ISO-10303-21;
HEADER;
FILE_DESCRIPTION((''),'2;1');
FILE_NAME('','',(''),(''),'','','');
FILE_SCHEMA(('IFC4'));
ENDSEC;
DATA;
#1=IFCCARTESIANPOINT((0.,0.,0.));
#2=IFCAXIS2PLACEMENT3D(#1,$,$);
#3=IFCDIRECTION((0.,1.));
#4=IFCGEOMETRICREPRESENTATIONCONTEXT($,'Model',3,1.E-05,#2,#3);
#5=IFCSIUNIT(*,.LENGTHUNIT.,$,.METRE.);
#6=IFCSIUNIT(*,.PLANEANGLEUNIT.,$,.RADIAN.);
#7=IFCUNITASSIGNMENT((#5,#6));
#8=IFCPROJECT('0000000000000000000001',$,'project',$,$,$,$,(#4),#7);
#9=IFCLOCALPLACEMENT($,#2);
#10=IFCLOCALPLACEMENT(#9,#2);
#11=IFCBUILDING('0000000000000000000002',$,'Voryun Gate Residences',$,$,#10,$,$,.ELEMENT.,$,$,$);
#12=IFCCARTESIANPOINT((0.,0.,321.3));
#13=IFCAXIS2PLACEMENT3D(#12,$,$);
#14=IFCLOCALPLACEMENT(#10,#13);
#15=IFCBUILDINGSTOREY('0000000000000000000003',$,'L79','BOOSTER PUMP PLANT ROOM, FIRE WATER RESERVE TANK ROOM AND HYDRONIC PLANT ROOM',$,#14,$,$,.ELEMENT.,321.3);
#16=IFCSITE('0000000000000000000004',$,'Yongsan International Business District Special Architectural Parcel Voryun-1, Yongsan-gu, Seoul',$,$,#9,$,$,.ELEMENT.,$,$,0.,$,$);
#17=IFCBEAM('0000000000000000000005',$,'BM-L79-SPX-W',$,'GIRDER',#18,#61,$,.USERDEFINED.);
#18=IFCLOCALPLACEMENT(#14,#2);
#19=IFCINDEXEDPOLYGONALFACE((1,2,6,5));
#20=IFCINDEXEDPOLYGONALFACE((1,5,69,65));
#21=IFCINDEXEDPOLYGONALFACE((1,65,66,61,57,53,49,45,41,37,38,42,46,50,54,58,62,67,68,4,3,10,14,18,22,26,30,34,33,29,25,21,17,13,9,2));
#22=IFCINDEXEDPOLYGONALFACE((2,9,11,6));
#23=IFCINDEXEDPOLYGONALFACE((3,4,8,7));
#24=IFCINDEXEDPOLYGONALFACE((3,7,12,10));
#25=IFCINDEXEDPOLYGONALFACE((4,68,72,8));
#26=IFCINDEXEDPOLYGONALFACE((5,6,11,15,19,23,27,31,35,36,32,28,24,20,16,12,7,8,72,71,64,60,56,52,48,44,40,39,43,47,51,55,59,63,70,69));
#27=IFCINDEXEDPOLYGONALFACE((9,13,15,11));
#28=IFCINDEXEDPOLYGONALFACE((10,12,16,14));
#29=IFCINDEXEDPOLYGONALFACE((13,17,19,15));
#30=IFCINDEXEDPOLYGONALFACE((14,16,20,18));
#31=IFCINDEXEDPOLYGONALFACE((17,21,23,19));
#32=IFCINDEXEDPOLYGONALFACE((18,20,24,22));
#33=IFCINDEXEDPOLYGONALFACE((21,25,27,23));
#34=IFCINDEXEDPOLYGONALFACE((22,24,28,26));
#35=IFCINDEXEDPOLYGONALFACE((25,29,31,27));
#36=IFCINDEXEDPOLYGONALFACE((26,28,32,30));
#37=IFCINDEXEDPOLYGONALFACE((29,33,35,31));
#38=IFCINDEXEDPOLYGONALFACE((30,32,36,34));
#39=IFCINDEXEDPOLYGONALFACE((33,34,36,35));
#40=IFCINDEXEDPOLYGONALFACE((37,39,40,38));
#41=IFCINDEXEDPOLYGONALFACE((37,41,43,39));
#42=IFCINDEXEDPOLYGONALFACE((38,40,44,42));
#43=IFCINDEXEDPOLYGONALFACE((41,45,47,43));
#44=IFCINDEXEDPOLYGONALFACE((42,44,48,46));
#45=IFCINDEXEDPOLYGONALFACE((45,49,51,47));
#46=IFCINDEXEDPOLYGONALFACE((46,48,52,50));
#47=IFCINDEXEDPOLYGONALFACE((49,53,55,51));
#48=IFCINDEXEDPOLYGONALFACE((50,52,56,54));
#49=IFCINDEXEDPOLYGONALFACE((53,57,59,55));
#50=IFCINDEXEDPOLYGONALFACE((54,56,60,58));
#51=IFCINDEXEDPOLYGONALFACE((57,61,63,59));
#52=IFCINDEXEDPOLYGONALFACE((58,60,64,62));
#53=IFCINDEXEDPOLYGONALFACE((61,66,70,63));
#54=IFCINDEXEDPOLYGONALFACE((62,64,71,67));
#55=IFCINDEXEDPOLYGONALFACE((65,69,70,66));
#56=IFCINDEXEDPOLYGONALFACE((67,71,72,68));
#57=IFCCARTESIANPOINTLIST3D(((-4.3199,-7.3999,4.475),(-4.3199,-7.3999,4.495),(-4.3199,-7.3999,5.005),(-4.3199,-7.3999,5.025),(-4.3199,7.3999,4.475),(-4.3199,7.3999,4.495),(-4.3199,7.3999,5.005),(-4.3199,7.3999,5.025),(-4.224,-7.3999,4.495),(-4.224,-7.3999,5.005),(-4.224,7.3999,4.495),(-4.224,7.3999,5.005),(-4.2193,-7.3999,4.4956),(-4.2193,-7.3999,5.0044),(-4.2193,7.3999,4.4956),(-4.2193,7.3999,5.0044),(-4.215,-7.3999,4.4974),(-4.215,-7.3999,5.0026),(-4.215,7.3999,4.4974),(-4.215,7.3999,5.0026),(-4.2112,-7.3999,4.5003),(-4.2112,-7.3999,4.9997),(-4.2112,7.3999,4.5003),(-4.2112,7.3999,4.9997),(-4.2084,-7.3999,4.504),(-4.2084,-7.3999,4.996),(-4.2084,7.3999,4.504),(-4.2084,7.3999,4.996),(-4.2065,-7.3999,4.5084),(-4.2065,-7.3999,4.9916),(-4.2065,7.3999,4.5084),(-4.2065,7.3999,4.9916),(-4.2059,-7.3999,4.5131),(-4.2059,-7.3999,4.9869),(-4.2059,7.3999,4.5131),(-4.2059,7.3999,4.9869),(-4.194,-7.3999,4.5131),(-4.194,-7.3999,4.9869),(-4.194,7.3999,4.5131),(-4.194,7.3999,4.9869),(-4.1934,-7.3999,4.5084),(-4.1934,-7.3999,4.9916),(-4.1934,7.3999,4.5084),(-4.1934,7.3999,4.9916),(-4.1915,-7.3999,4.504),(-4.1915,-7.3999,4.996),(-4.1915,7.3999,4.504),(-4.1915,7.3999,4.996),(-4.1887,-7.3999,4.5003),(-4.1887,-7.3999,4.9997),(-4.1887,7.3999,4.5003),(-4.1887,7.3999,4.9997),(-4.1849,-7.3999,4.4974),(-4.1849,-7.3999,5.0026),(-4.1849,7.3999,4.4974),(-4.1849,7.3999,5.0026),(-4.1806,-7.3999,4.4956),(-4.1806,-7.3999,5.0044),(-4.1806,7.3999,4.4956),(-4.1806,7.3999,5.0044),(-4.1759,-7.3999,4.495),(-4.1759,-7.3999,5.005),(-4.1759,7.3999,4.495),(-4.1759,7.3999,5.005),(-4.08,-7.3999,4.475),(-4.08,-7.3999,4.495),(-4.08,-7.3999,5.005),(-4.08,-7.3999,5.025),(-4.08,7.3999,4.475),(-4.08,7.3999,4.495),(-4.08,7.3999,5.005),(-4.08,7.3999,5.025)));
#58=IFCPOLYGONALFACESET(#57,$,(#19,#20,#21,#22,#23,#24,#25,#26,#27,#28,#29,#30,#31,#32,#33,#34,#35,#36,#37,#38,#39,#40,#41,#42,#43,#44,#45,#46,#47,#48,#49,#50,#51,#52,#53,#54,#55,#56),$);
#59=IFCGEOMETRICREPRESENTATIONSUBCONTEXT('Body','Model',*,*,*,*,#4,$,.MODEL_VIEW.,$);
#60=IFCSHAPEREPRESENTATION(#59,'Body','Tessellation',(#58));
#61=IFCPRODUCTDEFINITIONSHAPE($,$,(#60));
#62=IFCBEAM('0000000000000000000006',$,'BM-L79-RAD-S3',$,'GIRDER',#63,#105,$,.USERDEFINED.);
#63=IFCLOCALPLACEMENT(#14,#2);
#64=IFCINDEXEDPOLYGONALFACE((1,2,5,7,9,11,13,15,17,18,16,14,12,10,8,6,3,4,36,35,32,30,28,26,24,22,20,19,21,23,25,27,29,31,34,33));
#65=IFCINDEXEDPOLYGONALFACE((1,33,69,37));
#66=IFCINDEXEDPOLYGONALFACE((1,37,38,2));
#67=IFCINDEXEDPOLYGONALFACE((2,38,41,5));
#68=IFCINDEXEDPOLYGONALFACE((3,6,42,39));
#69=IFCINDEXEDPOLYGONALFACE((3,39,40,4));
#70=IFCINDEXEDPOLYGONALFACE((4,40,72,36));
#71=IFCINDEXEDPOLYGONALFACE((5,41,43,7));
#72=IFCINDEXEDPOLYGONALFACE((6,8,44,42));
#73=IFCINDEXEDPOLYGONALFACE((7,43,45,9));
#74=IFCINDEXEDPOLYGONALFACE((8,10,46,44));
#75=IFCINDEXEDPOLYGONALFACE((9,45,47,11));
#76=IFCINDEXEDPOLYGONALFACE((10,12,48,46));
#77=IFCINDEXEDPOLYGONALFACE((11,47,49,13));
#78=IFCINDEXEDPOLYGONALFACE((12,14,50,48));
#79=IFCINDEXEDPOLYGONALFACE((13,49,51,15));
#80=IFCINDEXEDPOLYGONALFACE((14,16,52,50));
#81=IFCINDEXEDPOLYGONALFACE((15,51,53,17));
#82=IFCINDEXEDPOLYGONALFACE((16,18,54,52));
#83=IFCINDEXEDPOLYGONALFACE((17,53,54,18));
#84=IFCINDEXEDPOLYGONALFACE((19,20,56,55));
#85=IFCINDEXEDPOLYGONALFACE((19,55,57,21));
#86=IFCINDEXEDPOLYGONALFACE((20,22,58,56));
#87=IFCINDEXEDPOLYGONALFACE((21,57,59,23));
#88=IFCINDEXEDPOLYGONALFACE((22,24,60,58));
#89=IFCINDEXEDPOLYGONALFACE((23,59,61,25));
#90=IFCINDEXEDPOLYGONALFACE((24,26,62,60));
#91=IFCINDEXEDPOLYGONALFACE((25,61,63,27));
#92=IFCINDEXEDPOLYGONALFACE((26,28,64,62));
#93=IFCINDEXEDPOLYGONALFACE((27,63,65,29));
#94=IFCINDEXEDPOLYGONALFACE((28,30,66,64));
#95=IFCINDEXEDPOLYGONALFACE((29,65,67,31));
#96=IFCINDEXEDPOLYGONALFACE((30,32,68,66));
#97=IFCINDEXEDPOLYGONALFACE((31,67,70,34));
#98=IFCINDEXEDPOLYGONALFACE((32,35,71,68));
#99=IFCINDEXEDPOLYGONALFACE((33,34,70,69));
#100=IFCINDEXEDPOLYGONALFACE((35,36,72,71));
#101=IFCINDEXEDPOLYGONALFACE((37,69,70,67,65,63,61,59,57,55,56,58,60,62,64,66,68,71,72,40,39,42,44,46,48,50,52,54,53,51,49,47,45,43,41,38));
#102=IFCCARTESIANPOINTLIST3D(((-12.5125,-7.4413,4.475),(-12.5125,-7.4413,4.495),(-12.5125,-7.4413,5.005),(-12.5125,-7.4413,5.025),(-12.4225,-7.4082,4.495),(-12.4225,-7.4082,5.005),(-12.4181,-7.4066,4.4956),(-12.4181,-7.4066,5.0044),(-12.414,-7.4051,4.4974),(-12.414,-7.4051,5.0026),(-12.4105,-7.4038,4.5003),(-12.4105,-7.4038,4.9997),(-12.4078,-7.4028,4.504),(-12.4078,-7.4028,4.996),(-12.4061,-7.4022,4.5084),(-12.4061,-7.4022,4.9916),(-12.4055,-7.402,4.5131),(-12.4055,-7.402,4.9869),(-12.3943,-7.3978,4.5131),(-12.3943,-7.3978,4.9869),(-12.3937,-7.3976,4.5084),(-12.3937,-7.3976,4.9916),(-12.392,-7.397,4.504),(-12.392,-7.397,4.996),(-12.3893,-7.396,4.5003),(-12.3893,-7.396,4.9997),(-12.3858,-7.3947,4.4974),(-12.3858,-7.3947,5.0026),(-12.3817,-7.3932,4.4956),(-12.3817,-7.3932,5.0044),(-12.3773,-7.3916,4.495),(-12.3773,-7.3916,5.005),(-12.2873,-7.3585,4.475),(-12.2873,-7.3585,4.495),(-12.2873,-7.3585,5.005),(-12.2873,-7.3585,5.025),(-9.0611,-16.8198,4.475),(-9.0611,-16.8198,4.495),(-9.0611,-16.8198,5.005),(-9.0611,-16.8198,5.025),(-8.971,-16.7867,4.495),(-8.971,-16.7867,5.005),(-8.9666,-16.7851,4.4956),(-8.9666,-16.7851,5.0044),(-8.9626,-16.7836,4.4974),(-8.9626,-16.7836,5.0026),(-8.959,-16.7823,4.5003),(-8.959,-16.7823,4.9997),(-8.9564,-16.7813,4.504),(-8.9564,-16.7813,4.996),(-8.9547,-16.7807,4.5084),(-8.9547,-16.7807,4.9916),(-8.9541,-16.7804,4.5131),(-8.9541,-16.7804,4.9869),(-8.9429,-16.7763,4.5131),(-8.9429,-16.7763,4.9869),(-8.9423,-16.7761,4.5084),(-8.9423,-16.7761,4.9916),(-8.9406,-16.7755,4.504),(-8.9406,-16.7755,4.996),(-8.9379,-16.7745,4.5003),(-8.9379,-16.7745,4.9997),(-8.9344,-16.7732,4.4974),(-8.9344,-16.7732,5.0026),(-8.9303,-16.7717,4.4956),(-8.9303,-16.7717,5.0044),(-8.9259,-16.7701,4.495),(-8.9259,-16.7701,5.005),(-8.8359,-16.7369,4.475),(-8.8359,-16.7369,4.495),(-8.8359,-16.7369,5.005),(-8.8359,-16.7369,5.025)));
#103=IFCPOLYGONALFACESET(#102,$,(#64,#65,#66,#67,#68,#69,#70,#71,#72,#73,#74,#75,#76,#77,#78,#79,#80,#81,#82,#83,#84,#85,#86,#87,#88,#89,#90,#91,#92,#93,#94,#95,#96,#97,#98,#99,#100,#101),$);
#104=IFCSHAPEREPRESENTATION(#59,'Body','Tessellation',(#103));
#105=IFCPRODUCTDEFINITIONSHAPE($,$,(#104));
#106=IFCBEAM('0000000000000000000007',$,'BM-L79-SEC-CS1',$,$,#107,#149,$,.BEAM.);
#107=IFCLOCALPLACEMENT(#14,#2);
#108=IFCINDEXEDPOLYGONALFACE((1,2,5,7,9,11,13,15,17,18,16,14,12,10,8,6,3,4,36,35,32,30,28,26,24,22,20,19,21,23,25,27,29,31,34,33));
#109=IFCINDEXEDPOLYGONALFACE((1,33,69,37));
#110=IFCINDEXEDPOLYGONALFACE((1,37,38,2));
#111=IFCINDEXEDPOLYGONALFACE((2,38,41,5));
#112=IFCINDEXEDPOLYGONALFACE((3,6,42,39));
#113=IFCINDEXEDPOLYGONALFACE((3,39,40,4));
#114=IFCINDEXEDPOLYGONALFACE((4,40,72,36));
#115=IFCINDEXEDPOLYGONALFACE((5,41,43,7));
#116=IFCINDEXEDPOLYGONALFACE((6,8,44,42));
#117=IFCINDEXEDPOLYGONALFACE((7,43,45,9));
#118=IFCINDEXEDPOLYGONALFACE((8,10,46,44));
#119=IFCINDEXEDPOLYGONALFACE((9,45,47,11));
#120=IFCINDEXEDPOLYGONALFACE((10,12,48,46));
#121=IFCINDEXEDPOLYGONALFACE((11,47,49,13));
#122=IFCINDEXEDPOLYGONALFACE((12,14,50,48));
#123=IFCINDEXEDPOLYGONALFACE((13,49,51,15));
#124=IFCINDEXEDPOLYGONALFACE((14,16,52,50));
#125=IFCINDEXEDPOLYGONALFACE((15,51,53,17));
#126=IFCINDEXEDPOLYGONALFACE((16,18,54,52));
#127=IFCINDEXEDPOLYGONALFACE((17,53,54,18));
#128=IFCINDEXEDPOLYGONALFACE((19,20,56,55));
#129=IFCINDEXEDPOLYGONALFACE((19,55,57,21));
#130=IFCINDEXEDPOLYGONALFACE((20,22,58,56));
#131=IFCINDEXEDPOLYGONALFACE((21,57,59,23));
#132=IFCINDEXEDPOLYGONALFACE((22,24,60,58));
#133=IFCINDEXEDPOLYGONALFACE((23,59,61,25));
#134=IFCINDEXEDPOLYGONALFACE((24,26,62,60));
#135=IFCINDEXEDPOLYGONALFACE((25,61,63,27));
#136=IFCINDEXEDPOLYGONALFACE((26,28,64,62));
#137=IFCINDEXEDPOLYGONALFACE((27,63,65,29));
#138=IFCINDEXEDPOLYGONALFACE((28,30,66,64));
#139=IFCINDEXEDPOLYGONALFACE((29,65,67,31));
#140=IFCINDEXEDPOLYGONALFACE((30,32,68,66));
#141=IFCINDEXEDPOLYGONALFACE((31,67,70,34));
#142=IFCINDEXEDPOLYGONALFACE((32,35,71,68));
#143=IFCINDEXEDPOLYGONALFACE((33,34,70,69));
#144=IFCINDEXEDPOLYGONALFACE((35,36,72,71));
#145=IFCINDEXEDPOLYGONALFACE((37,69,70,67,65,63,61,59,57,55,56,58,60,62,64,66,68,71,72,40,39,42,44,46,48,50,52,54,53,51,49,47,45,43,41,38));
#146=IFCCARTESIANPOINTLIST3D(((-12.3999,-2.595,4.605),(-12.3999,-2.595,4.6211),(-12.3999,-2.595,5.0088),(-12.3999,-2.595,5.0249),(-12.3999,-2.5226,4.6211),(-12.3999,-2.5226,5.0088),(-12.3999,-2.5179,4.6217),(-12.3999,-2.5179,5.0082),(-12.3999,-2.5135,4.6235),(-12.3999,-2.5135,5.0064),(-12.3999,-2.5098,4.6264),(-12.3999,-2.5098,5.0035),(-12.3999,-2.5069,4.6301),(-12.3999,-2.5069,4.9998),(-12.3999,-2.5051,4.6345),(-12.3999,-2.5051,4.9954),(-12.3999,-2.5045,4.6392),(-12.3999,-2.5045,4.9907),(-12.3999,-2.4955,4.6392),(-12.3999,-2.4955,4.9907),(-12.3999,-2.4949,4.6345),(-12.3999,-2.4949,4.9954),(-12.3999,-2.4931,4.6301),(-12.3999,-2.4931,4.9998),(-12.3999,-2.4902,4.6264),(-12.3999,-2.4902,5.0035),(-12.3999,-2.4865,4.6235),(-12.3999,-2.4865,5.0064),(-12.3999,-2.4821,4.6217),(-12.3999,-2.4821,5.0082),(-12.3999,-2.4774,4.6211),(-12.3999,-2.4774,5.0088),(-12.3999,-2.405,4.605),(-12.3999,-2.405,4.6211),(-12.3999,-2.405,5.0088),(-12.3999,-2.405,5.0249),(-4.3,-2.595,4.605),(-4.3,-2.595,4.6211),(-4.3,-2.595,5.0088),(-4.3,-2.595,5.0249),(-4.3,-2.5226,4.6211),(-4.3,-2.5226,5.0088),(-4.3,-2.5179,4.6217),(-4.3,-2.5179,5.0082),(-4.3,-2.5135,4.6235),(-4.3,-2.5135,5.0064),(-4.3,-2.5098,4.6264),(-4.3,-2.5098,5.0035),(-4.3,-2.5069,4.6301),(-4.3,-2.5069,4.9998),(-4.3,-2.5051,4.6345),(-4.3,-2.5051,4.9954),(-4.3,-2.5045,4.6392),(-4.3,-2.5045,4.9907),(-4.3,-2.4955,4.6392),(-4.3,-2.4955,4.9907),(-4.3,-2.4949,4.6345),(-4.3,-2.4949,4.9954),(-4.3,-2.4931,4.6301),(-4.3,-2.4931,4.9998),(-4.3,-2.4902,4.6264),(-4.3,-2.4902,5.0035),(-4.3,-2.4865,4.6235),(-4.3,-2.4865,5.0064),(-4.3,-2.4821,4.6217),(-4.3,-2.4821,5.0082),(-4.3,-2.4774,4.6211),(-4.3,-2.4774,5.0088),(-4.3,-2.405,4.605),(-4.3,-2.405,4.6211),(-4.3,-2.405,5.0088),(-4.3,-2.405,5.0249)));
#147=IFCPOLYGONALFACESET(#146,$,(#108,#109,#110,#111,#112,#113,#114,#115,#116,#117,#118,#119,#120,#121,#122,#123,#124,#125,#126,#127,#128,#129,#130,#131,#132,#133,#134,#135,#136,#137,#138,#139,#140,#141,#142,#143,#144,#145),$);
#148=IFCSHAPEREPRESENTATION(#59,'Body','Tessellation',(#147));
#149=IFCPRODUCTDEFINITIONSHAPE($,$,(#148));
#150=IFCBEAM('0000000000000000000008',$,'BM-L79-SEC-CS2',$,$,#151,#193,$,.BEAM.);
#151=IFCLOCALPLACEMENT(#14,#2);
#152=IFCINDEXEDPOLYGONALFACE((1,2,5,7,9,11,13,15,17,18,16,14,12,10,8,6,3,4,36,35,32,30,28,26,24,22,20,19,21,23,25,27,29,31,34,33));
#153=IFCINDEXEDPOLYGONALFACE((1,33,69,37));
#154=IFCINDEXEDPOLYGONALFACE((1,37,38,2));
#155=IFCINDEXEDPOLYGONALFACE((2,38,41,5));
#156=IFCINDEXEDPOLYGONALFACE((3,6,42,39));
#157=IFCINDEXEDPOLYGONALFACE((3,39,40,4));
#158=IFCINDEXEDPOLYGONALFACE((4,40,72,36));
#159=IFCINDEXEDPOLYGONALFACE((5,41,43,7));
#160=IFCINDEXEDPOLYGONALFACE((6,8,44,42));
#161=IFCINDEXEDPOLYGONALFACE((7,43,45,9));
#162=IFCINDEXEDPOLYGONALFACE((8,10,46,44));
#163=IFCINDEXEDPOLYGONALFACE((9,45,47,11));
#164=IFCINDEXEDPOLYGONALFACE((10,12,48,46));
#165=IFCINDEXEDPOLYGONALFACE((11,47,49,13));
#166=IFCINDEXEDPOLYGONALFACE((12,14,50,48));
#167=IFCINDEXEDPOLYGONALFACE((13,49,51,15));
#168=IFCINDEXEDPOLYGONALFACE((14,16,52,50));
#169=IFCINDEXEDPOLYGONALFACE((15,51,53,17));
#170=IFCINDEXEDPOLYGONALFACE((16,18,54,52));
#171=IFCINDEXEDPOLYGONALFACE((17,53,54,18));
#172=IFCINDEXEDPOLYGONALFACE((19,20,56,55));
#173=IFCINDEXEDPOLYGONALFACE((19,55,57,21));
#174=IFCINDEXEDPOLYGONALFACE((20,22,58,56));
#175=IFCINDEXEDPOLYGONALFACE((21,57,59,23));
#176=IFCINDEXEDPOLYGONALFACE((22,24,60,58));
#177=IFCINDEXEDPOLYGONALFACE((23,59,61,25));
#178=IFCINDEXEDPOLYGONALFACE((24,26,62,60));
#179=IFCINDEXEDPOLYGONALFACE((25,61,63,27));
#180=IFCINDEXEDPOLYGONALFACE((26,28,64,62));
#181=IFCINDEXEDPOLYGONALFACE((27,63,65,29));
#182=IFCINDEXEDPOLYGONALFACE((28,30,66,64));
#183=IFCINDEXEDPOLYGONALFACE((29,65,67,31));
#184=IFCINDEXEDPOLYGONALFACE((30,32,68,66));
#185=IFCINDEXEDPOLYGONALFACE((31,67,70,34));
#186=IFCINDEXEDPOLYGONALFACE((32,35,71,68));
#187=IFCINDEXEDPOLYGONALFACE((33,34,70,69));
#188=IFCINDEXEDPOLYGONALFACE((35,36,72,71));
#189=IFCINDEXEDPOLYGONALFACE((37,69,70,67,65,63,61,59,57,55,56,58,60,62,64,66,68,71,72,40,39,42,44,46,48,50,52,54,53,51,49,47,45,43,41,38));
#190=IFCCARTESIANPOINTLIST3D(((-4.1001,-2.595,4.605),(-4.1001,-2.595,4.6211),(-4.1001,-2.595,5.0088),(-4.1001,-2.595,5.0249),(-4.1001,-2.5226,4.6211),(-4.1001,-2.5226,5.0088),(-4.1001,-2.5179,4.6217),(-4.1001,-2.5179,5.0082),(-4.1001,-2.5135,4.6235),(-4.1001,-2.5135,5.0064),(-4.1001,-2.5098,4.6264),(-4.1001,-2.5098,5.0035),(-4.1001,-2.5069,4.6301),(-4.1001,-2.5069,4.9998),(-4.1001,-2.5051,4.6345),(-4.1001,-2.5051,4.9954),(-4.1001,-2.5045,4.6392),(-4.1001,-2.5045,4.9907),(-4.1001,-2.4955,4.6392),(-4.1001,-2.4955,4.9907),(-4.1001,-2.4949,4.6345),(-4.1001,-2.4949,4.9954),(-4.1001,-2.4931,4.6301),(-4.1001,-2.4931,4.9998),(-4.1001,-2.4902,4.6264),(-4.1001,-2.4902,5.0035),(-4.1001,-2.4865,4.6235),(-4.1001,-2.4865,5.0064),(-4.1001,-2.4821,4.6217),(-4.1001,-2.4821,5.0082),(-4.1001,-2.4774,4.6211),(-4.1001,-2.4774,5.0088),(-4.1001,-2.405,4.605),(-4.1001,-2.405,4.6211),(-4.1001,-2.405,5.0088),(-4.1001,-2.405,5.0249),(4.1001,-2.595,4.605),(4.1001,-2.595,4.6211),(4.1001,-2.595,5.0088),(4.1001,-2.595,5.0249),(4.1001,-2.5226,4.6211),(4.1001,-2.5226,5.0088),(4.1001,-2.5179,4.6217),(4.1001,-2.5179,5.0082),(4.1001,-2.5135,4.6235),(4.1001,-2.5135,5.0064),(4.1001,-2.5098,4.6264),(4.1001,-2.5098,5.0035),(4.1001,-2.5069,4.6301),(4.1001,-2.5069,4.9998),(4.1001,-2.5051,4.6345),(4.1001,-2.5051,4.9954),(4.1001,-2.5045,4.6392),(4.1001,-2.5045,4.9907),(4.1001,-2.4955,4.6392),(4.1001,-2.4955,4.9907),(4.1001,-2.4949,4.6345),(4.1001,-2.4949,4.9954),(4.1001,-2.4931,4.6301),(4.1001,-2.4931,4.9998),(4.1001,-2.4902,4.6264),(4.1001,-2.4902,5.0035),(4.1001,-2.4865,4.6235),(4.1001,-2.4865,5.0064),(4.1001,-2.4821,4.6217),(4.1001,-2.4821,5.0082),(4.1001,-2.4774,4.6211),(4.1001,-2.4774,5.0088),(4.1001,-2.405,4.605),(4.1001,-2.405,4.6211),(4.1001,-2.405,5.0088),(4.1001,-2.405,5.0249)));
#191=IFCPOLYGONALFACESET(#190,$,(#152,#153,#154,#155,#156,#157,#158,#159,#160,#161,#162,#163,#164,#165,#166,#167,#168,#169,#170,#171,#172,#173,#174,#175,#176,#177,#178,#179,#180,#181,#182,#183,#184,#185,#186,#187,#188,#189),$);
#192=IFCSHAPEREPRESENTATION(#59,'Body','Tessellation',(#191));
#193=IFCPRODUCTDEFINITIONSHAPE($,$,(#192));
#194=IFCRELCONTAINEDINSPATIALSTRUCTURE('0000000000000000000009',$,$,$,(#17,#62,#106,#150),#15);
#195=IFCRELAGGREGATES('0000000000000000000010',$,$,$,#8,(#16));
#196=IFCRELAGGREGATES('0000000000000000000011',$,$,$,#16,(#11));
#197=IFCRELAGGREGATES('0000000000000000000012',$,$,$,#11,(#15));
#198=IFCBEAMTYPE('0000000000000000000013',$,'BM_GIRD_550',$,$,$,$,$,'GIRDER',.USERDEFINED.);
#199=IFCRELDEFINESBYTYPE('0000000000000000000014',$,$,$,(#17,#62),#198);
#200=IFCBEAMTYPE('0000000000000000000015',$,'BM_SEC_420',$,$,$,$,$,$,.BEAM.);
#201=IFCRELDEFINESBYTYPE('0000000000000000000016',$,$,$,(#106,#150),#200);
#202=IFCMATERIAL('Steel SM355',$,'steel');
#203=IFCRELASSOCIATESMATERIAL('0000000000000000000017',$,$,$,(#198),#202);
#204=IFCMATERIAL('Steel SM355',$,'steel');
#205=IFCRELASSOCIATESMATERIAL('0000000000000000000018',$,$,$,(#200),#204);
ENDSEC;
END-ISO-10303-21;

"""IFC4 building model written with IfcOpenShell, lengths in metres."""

from ifc_helpers import new_model, si_unit, direction, frame, origin, origin_2d, place, context, subcontext, project, spatial, i_section, extrude, material, material_profile, profile_set, type_object, element, save


model = new_model("IFC4")

# Units and contexts
model_context = context("Model", 3, precision=1e-05, world=origin(), true_north=direction((0.0, 1.0)))
body_context = subcontext(model_context, "Body", "Model", "MODEL_VIEW")
ifc_project = project(units=[si_unit("LENGTHUNIT", "METRE"), si_unit("PLANEANGLEUNIT", "RADIAN")], contexts=[model_context])

# Site, building, storey
site_placement = place(None, origin())
site = spatial("IfcSite", under=ifc_project, at=site_placement, Name="Yongsan International Business District Special Architectural Parcel Voryun-1, Yongsan-gu, Seoul", CompositionType="ELEMENT", RefElevation=0.0)
building_placement = place(site_placement, origin())
building = spatial("IfcBuilding", under=site, at=building_placement, Name="Voryun Gate Residences", CompositionType="ELEMENT")
storey_placement = place(building_placement, frame((0.0, 0.0, 321.3)))
storey = spatial("IfcBuildingStorey", under=building, at=storey_placement, Name="L79", Description="BOOSTER PUMP PLANT ROOM, FIRE WATER RESERVE TANK ROOM AND HYDRONIC PLANT ROOM", CompositionType="ELEMENT", Elevation=321.3)

# Beams
ifc_material_1 = material(Name="Steel SM355", Category="steel")
ifc_material_profile_1 = material_profile(ifc_material_1, i_section(OverallWidth=0.24, OverallDepth=0.55, WebThickness=0.012, FlangeThickness=0.02, FilletRadius=0.0181, at=origin_2d()), Name="H-550x240x12x20")
ifc_profile_set_1 = profile_set([ifc_material_profile_1], Name="Steel SM355")
beam_type_1 = type_object("IfcBeamType", Name="BM_GIRD_550", ElementType="GIRDER", PredefinedType="USERDEFINED", material=ifc_profile_set_1)
beam_1_placement = place(storey_placement, frame((-4.2, -7.3999, 4.75), z_axis=(0.0, 1.0, 0.0), x_axis=(-1.0, 0.0, 0.0)))
element("IfcBeam", 1, at=beam_1_placement, inside=storey, type_object=beam_type_1, Name="BM-L79-SPX-W", ObjectType="GIRDER", PredefinedType="USERDEFINED", context=body_context, shape_type="SweptSolid", body=[
    extrude(i_section(OverallWidth=0.24, OverallDepth=0.55, WebThickness=0.012, FlangeThickness=0.02, FilletRadius=0.0181, at=origin_2d()), origin(), (0.0, 0.0, 1.0), 14.7998),
])
beam_2_placement = place(storey_placement, frame((-12.3999, -7.3999, 4.75), z_axis=(0.345371, -0.938466, 0.0), x_axis=(0.938466, 0.345371, 0.0)))
element("IfcBeam", 2, at=beam_2_placement, inside=storey, type_object=beam_type_1, Name="BM-L79-RAD-S3", ObjectType="GIRDER", PredefinedType="USERDEFINED", context=body_context, shape_type="SweptSolid", body=[
    extrude(i_section(OverallWidth=0.24, OverallDepth=0.55, WebThickness=0.012, FlangeThickness=0.02, FilletRadius=0.0181, at=origin_2d()), origin(), (0.0, 0.0, 1.0), 9.9934),
])
ifc_material_2 = material(Name="Steel SM355", Category="steel")
ifc_material_profile_2 = material_profile(ifc_material_2, i_section(OverallWidth=0.1899, OverallDepth=0.4199, WebThickness=0.009, FlangeThickness=0.0161, FilletRadius=0.0181, at=origin_2d()), Name="H-420x190x9x16")
ifc_profile_set_2 = profile_set([ifc_material_profile_2], Name="Steel SM355")
beam_type_2 = type_object("IfcBeamType", Name="BM_SEC_420", PredefinedType="BEAM", material=ifc_profile_set_2)
beam_3_placement = place(storey_placement, frame((-12.3999, -2.5, 4.8149), z_axis=(1.0, 0.0, 0.0), x_axis=(0.0, 1.0, 0.0)))
element("IfcBeam", 3, at=beam_3_placement, inside=storey, type_object=beam_type_2, Name="BM-L79-SEC-CS1", PredefinedType="BEAM", context=body_context, shape_type="SweptSolid", body=[
    extrude(i_section(OverallWidth=0.1899, OverallDepth=0.4199, WebThickness=0.009, FlangeThickness=0.0161, FilletRadius=0.0181, at=origin_2d()), origin(), (0.0, 0.0, 1.0), 8.0999),
])
beam_4_placement = place(storey_placement, frame((-4.1001, -2.5, 4.8149), z_axis=(1.0, 0.0, 0.0), x_axis=(0.0, 1.0, 0.0)))
element("IfcBeam", 4, at=beam_4_placement, inside=storey, type_object=beam_type_2, Name="BM-L79-SEC-CS2", PredefinedType="BEAM", context=body_context, shape_type="SweptSolid", body=[
    extrude(i_section(OverallWidth=0.1899, OverallDepth=0.4199, WebThickness=0.009, FlangeThickness=0.0161, FilletRadius=0.0181, at=origin_2d()), origin(), (0.0, 0.0, 1.0), 8.2002),
])

save(model, "model.ifc")
